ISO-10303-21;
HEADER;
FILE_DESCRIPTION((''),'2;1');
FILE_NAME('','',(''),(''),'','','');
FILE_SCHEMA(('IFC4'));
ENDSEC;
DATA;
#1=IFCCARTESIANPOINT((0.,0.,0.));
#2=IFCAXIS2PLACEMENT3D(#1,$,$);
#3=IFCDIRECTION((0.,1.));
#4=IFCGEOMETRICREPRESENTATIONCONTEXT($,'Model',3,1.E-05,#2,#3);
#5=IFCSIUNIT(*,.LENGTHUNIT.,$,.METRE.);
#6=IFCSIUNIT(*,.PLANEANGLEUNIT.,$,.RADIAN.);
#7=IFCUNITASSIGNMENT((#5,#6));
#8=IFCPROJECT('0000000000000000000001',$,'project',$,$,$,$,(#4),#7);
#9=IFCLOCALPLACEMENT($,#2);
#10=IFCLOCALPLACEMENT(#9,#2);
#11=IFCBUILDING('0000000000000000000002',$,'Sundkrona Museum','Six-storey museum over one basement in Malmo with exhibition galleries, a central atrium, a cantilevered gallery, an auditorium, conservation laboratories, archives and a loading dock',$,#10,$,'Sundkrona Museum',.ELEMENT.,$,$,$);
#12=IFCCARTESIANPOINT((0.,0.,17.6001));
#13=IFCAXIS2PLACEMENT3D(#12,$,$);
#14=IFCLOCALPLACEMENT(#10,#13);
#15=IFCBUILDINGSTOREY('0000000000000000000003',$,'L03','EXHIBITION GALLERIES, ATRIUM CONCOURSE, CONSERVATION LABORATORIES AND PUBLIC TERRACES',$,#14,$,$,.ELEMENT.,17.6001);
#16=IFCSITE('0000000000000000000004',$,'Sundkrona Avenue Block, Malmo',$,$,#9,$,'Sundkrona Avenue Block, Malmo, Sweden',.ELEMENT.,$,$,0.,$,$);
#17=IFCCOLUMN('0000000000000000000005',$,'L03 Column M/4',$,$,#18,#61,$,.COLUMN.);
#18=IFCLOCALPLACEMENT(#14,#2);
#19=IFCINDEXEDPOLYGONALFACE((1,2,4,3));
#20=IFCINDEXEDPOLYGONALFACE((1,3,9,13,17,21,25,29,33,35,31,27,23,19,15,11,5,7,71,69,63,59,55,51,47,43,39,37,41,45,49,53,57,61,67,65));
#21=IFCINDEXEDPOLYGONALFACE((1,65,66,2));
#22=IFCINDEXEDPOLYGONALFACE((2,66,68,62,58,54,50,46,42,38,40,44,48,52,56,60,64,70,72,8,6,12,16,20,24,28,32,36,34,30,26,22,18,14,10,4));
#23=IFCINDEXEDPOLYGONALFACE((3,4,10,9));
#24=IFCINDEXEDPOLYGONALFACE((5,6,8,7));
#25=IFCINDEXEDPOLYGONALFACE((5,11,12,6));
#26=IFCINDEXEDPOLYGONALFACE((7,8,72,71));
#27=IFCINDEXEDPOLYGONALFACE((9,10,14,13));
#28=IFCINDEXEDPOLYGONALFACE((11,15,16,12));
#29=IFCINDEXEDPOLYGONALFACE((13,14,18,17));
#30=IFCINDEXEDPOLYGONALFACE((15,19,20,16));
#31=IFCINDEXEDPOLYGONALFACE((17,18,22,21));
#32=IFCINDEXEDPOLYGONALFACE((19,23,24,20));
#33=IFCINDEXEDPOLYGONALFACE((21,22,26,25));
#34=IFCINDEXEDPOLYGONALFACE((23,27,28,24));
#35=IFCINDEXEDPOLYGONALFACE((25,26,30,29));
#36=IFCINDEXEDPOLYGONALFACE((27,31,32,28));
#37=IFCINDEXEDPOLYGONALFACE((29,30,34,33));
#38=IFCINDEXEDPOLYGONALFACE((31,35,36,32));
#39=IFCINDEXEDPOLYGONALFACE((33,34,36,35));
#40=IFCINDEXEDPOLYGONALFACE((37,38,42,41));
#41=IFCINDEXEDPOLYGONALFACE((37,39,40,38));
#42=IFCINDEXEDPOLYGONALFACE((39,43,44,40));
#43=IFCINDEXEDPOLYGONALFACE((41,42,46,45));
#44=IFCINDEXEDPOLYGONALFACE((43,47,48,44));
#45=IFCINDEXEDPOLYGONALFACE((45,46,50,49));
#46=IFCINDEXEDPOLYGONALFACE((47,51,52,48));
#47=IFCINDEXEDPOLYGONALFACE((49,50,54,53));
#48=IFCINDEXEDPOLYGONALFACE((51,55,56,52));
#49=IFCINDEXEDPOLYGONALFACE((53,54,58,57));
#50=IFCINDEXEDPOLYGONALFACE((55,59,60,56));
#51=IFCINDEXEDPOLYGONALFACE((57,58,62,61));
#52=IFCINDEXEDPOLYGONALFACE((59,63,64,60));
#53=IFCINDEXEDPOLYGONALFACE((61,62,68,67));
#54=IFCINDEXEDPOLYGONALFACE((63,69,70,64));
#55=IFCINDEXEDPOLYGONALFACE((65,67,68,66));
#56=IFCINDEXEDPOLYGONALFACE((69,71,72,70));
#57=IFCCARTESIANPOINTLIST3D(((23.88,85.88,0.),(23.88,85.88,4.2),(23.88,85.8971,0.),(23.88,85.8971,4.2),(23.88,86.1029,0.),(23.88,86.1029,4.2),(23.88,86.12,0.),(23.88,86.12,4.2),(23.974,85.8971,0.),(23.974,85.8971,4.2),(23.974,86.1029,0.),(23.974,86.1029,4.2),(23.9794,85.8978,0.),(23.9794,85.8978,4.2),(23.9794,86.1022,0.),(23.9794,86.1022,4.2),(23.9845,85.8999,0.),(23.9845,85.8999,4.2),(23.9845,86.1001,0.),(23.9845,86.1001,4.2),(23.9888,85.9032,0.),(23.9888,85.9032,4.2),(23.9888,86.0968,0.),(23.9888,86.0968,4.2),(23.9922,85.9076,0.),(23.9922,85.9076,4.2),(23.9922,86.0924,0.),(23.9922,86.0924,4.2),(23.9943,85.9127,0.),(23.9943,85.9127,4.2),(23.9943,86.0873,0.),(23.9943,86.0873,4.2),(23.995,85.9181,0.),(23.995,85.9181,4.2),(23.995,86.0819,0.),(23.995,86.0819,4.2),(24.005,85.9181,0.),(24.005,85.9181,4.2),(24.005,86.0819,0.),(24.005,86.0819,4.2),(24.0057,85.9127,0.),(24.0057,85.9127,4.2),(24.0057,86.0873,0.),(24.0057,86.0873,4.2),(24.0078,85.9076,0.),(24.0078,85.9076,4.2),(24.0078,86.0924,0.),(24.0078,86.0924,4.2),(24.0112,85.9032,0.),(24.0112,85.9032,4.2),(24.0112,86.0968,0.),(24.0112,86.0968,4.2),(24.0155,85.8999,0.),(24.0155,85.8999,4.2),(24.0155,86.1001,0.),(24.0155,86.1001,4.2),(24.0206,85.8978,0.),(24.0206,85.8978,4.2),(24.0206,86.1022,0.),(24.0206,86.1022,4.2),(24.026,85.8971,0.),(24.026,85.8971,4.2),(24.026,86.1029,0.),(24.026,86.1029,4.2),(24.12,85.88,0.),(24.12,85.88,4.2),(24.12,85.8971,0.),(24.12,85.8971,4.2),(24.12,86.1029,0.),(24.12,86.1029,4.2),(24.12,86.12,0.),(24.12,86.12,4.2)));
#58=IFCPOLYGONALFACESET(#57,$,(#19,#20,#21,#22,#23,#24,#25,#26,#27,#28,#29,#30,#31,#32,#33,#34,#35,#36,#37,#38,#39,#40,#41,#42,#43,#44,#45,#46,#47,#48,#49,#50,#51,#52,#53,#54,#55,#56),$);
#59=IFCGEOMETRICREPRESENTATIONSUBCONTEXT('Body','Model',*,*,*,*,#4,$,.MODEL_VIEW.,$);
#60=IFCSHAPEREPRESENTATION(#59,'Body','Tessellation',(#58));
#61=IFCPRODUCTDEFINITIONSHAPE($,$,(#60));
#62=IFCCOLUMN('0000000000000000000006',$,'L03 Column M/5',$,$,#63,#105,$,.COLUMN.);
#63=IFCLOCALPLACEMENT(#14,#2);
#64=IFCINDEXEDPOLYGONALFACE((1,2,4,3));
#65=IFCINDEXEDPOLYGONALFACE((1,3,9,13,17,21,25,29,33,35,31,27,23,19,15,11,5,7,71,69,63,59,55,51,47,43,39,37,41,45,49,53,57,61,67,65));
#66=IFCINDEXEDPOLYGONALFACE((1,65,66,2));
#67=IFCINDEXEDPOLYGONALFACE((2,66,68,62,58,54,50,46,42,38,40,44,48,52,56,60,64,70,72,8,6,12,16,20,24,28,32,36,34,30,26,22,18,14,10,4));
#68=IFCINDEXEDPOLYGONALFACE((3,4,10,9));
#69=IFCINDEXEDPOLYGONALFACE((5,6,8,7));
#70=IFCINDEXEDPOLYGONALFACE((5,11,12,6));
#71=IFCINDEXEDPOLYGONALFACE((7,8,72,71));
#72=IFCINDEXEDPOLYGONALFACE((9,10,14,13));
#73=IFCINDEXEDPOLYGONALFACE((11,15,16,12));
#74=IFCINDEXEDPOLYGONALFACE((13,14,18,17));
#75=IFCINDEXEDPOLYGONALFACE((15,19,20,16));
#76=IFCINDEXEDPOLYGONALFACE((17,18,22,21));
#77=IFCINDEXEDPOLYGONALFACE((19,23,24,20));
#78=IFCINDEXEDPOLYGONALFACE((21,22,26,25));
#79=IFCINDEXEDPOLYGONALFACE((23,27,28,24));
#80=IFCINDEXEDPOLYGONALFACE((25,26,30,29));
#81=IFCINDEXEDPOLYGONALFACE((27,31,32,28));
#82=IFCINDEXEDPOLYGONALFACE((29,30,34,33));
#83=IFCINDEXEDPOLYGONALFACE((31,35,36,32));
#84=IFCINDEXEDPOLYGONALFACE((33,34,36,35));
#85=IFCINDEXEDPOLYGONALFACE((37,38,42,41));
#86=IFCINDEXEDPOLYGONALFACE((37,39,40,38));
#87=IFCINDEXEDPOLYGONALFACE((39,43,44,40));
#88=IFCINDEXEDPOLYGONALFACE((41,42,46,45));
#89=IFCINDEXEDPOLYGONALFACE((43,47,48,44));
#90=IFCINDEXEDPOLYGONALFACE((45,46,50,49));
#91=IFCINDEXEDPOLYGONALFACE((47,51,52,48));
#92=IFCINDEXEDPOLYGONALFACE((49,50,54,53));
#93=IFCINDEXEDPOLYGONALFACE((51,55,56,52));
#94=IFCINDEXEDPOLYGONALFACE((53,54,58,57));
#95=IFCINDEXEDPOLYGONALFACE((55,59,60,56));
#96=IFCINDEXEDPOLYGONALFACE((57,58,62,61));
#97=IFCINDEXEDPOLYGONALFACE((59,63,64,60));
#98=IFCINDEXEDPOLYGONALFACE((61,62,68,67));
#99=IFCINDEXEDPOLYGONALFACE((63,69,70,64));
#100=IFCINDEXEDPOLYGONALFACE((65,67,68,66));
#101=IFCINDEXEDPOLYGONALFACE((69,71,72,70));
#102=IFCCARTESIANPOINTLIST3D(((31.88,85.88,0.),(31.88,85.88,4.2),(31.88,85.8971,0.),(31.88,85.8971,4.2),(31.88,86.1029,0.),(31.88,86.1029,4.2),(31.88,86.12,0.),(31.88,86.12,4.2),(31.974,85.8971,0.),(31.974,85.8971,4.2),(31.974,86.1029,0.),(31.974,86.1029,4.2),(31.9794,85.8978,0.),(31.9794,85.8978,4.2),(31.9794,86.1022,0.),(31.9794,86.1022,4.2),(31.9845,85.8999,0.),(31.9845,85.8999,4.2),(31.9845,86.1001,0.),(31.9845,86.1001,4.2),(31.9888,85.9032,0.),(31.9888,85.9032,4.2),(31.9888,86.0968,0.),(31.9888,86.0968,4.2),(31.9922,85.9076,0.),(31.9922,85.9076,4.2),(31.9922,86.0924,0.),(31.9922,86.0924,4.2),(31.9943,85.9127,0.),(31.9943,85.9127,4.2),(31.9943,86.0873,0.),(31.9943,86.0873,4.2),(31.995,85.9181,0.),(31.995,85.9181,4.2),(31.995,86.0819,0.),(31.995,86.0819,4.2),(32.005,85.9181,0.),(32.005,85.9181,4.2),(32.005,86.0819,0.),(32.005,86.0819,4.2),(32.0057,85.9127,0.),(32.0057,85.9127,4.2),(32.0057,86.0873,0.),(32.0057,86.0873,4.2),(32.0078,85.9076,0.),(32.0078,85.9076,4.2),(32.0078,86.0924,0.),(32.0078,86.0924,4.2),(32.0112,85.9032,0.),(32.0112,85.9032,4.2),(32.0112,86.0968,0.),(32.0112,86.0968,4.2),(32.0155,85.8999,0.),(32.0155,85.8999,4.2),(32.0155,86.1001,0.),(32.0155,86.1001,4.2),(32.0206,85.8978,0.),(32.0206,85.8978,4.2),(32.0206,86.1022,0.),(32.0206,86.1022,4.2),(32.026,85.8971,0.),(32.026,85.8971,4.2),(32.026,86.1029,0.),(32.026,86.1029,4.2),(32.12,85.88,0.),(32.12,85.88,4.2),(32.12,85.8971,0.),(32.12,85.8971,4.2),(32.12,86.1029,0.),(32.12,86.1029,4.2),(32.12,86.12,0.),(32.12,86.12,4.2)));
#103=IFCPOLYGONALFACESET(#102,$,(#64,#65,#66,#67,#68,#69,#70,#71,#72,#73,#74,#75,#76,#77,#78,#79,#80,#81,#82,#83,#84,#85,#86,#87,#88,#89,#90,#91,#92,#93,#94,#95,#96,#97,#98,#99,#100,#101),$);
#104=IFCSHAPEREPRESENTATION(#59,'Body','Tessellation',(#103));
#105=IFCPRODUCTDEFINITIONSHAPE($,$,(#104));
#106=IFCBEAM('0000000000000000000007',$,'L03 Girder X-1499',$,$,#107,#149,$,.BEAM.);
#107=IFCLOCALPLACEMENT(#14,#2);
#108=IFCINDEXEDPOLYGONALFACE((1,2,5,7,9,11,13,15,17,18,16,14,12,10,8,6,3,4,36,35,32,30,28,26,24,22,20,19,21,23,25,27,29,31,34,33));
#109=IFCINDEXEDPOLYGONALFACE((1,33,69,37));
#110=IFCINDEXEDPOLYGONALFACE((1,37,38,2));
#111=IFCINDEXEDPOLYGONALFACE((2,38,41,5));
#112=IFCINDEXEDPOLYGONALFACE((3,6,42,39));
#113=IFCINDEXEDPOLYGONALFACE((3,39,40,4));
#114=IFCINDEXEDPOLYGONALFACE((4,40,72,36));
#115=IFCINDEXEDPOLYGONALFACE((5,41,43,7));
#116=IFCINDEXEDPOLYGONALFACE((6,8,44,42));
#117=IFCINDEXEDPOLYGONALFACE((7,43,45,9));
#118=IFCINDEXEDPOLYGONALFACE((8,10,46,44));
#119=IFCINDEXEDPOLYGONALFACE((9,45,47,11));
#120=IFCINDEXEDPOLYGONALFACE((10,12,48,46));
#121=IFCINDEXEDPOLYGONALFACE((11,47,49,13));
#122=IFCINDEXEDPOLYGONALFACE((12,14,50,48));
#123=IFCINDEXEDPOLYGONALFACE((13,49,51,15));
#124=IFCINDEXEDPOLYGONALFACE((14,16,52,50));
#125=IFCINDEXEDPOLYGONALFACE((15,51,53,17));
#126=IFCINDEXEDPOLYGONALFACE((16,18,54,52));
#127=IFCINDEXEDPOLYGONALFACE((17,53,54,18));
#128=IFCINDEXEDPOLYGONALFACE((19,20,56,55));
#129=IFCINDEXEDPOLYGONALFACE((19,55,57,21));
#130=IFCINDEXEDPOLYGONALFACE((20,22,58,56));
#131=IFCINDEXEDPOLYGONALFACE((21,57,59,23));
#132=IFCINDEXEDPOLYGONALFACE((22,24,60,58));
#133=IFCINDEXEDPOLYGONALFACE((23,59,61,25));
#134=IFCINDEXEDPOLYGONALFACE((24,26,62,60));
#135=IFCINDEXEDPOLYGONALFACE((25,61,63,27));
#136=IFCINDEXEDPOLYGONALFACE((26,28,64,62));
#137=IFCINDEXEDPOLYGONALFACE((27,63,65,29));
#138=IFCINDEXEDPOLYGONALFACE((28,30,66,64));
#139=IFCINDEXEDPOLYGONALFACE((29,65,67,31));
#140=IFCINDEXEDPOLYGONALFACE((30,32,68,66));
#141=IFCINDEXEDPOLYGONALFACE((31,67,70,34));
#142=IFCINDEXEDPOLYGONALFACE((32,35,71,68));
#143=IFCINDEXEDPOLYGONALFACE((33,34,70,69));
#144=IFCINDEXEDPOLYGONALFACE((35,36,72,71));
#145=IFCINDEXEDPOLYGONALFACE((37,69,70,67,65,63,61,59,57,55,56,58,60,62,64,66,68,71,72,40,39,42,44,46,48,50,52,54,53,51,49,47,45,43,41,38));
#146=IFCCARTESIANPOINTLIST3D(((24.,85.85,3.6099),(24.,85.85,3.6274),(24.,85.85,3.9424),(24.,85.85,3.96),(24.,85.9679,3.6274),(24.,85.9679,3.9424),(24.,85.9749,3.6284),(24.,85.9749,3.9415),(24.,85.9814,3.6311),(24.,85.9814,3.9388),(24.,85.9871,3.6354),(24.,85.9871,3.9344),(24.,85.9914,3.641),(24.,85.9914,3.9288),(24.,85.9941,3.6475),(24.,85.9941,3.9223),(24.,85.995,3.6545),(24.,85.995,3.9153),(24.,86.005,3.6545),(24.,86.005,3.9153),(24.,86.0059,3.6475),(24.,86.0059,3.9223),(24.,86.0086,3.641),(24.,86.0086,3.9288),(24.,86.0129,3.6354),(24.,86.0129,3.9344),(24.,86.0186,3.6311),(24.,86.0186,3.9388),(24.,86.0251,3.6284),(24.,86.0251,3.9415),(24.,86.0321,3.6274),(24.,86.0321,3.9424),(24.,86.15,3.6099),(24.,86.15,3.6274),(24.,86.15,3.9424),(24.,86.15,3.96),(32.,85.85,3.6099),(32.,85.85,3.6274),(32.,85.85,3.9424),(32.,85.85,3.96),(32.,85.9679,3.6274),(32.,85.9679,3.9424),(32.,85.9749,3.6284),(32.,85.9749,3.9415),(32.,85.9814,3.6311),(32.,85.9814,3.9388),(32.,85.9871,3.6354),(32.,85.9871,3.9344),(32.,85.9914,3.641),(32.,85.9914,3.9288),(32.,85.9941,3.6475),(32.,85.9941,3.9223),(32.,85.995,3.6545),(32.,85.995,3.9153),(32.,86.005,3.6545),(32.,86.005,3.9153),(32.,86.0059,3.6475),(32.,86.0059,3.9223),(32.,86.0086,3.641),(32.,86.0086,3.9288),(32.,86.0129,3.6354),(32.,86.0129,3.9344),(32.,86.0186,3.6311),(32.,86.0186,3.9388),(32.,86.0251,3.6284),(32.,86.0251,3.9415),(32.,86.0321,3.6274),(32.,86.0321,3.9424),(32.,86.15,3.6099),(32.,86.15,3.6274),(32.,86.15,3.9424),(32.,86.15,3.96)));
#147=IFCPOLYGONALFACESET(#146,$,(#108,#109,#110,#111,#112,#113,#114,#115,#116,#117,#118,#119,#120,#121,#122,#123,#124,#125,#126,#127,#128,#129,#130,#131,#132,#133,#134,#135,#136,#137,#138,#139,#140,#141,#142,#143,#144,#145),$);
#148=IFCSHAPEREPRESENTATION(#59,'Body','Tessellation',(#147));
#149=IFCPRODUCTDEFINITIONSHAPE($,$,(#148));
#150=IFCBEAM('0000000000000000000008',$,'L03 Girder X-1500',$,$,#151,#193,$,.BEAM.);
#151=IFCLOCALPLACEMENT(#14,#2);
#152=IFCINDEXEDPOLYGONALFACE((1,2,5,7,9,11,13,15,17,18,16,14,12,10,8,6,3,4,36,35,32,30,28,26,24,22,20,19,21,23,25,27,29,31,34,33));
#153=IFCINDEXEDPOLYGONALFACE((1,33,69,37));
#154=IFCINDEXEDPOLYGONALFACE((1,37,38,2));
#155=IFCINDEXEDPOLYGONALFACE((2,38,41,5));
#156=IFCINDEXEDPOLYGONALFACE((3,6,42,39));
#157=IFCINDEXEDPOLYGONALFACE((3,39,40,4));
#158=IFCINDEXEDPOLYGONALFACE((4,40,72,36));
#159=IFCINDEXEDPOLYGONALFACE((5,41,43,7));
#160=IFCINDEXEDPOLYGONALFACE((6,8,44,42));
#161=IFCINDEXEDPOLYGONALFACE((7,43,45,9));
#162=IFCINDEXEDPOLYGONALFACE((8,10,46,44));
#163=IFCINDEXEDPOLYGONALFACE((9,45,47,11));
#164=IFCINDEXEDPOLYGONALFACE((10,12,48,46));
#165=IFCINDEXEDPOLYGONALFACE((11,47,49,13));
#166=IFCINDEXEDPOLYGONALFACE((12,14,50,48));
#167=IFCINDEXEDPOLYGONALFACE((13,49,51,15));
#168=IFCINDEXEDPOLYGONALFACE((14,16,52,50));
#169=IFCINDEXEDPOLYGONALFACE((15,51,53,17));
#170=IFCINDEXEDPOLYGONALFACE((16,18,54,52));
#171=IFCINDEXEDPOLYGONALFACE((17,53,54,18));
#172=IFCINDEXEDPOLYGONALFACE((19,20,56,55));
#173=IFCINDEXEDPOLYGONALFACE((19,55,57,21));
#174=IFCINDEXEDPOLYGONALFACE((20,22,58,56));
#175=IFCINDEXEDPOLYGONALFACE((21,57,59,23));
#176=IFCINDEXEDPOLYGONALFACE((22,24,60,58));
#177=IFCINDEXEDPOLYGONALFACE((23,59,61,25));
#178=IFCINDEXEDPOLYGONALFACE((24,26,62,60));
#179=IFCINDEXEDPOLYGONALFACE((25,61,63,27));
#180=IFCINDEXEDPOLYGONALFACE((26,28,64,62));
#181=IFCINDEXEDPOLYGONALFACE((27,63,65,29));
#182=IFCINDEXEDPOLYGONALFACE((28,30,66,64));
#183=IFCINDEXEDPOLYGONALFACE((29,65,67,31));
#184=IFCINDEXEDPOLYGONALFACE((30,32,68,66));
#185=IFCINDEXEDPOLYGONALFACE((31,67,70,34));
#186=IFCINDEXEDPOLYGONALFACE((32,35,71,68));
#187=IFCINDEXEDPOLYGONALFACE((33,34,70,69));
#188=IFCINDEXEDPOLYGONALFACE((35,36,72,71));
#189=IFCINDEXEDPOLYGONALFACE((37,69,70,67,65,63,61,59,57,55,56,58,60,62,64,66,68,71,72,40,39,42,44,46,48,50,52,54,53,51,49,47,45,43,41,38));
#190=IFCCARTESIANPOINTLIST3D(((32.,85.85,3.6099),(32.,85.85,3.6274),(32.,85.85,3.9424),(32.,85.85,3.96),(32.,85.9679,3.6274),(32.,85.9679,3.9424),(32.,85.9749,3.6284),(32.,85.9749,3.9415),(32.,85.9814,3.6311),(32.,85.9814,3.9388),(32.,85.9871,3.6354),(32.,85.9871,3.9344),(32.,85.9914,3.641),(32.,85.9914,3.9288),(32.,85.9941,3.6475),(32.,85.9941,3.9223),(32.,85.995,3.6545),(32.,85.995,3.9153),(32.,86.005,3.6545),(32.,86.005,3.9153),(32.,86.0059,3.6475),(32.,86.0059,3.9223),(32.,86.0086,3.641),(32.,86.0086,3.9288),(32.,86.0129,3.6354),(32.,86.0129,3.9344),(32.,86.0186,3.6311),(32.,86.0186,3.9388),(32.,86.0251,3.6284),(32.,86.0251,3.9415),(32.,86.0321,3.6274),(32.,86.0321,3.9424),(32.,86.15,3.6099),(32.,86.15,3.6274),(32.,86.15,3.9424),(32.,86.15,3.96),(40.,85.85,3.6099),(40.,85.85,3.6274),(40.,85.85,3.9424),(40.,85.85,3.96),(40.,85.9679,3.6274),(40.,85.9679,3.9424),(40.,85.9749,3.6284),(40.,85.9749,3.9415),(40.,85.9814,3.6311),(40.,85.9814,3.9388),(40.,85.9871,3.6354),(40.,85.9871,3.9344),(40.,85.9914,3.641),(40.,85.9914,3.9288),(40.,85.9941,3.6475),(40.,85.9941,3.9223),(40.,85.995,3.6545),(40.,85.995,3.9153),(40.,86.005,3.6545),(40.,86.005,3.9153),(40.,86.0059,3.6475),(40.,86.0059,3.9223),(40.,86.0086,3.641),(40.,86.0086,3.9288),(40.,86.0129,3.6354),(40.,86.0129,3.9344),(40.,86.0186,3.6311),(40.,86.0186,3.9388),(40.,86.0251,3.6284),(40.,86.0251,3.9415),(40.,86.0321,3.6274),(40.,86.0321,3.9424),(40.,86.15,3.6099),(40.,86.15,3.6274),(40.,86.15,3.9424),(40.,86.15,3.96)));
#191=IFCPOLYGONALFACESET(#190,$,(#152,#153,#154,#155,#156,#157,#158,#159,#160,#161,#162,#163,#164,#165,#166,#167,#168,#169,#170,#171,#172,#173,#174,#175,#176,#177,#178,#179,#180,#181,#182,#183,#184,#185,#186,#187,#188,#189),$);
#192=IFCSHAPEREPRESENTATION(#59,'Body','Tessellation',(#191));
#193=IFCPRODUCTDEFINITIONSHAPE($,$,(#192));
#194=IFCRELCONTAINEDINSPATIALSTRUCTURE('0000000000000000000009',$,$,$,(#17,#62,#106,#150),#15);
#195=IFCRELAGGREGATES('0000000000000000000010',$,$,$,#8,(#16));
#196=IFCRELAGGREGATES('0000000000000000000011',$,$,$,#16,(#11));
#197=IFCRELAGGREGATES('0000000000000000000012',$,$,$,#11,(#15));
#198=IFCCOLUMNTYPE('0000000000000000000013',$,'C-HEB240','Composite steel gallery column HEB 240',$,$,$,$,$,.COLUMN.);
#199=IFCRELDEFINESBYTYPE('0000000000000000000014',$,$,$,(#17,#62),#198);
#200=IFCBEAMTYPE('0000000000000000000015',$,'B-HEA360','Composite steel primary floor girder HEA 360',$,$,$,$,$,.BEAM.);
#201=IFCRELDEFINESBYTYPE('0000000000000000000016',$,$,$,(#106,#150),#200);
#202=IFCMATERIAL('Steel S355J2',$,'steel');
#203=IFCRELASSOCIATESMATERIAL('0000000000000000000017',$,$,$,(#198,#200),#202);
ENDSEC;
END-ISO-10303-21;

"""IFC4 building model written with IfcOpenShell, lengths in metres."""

from ifc_helpers import new_model, si_unit, direction, frame, origin, origin_2d, place, context, subcontext, project, spatial, i_section, extrude, material, material_profile, profile_set, type_object, element, save


model = new_model("IFC4")

# Units and contexts
model_context = context("Model", 3, precision=1e-05, world=origin(), true_north=direction((0.0, 1.0)))
body_context = subcontext(model_context, "Body", "Model", "MODEL_VIEW")
ifc_project = project(units=[si_unit("LENGTHUNIT", "METRE"), si_unit("PLANEANGLEUNIT", "RADIAN")], contexts=[model_context])

# Site, building, storey
site_placement = place(None, origin())
site = spatial("IfcSite", under=ifc_project, at=site_placement, Name="Sundkrona Avenue Block, Malmo", LongName="Sundkrona Avenue Block, Malmo, Sweden", CompositionType="ELEMENT", RefElevation=0.0)
building_placement = place(site_placement, origin())
building = spatial("IfcBuilding", under=site, at=building_placement, Name="Sundkrona Museum", Description="Six-storey museum over one basement in Malmo with exhibition galleries, a central atrium, a cantilevered gallery, an auditorium, conservation laboratories, archives and a loading dock", LongName="Sundkrona Museum", CompositionType="ELEMENT")
storey_placement = place(building_placement, frame((0.0, 0.0, 17.6001)))
storey = spatial("IfcBuildingStorey", under=building, at=storey_placement, Name="L03", Description="EXHIBITION GALLERIES, ATRIUM CONCOURSE, CONSERVATION LABORATORIES AND PUBLIC TERRACES", CompositionType="ELEMENT", Elevation=17.6001)

# Columns
ifc_material_1 = material(Name="Steel S355J2", Category="steel")
ifc_material_profile_1 = material_profile(ifc_material_1, i_section(OverallWidth=0.24, OverallDepth=0.24, WebThickness=0.01, FlangeThickness=0.0171, FilletRadius=0.021, at=origin_2d()), Name="HEB 240")
ifc_profile_set_1 = profile_set([ifc_material_profile_1], Name="Steel S355J2")
column_type = type_object("IfcColumnType", Name="C-HEB240", Description="Composite steel gallery column HEB 240", PredefinedType="COLUMN", material=ifc_profile_set_1)
for number, where, z_axis, x_axis, name in (
    (1, (24.0, 86.0, 0.0), (0.0, 0.0, 1.0), (1.0, 0.0, 0.0), "L03 Column M/4"),
    (2, (32.0, 86.0, 0.0), (0.0, 0.0, 1.0), (1.0, 0.0, 0.0), "L03 Column M/5"),
):
    element("IfcColumn", number, at=place(storey_placement, frame(where, z_axis=z_axis, x_axis=x_axis)), inside=storey, type_object=column_type, Name=name, PredefinedType="COLUMN", context=body_context, shape_type="SweptSolid", body=[
        extrude(i_section(OverallWidth=0.24, OverallDepth=0.24, WebThickness=0.01, FlangeThickness=0.0171, FilletRadius=0.021, at=origin_2d()), origin(), (0.0, 0.0, 1.0), 4.2),
    ])

# Beams
ifc_material_profile_2 = material_profile(ifc_material_1, i_section(OverallWidth=0.3, OverallDepth=0.3501, WebThickness=0.01, FlangeThickness=0.0176, FilletRadius=0.0271, at=origin_2d()), Name="HEA 360")
ifc_profile_set_2 = profile_set([ifc_material_profile_2], Name="Steel S355J2")
beam_type_1 = type_object("IfcBeamType", Name="B-HEA360", Description="Composite steel primary floor girder HEA 360", PredefinedType="BEAM", material=ifc_profile_set_2)
for number, where, z_axis, x_axis, name in (
    (3, (24.0, 86.0, 3.7849), (1.0, 0.0, 0.0), (0.0, 1.0, 0.0), "L03 Girder X-1499"),
    (4, (32.0, 86.0, 3.7849), (1.0, 0.0, 0.0), (0.0, 1.0, 0.0), "L03 Girder X-1500"),
):
    element("IfcBeam", number, at=place(storey_placement, frame(where, z_axis=z_axis, x_axis=x_axis)), inside=storey, type_object=beam_type_1, Name=name, PredefinedType="BEAM", context=body_context, shape_type="SweptSolid", body=[
        extrude(i_section(OverallWidth=0.3, OverallDepth=0.3501, WebThickness=0.01, FlangeThickness=0.0176, FilletRadius=0.0271, at=origin_2d()), origin(), (0.0, 0.0, 1.0), 8.0),
    ])

save(model, "model.ifc")
